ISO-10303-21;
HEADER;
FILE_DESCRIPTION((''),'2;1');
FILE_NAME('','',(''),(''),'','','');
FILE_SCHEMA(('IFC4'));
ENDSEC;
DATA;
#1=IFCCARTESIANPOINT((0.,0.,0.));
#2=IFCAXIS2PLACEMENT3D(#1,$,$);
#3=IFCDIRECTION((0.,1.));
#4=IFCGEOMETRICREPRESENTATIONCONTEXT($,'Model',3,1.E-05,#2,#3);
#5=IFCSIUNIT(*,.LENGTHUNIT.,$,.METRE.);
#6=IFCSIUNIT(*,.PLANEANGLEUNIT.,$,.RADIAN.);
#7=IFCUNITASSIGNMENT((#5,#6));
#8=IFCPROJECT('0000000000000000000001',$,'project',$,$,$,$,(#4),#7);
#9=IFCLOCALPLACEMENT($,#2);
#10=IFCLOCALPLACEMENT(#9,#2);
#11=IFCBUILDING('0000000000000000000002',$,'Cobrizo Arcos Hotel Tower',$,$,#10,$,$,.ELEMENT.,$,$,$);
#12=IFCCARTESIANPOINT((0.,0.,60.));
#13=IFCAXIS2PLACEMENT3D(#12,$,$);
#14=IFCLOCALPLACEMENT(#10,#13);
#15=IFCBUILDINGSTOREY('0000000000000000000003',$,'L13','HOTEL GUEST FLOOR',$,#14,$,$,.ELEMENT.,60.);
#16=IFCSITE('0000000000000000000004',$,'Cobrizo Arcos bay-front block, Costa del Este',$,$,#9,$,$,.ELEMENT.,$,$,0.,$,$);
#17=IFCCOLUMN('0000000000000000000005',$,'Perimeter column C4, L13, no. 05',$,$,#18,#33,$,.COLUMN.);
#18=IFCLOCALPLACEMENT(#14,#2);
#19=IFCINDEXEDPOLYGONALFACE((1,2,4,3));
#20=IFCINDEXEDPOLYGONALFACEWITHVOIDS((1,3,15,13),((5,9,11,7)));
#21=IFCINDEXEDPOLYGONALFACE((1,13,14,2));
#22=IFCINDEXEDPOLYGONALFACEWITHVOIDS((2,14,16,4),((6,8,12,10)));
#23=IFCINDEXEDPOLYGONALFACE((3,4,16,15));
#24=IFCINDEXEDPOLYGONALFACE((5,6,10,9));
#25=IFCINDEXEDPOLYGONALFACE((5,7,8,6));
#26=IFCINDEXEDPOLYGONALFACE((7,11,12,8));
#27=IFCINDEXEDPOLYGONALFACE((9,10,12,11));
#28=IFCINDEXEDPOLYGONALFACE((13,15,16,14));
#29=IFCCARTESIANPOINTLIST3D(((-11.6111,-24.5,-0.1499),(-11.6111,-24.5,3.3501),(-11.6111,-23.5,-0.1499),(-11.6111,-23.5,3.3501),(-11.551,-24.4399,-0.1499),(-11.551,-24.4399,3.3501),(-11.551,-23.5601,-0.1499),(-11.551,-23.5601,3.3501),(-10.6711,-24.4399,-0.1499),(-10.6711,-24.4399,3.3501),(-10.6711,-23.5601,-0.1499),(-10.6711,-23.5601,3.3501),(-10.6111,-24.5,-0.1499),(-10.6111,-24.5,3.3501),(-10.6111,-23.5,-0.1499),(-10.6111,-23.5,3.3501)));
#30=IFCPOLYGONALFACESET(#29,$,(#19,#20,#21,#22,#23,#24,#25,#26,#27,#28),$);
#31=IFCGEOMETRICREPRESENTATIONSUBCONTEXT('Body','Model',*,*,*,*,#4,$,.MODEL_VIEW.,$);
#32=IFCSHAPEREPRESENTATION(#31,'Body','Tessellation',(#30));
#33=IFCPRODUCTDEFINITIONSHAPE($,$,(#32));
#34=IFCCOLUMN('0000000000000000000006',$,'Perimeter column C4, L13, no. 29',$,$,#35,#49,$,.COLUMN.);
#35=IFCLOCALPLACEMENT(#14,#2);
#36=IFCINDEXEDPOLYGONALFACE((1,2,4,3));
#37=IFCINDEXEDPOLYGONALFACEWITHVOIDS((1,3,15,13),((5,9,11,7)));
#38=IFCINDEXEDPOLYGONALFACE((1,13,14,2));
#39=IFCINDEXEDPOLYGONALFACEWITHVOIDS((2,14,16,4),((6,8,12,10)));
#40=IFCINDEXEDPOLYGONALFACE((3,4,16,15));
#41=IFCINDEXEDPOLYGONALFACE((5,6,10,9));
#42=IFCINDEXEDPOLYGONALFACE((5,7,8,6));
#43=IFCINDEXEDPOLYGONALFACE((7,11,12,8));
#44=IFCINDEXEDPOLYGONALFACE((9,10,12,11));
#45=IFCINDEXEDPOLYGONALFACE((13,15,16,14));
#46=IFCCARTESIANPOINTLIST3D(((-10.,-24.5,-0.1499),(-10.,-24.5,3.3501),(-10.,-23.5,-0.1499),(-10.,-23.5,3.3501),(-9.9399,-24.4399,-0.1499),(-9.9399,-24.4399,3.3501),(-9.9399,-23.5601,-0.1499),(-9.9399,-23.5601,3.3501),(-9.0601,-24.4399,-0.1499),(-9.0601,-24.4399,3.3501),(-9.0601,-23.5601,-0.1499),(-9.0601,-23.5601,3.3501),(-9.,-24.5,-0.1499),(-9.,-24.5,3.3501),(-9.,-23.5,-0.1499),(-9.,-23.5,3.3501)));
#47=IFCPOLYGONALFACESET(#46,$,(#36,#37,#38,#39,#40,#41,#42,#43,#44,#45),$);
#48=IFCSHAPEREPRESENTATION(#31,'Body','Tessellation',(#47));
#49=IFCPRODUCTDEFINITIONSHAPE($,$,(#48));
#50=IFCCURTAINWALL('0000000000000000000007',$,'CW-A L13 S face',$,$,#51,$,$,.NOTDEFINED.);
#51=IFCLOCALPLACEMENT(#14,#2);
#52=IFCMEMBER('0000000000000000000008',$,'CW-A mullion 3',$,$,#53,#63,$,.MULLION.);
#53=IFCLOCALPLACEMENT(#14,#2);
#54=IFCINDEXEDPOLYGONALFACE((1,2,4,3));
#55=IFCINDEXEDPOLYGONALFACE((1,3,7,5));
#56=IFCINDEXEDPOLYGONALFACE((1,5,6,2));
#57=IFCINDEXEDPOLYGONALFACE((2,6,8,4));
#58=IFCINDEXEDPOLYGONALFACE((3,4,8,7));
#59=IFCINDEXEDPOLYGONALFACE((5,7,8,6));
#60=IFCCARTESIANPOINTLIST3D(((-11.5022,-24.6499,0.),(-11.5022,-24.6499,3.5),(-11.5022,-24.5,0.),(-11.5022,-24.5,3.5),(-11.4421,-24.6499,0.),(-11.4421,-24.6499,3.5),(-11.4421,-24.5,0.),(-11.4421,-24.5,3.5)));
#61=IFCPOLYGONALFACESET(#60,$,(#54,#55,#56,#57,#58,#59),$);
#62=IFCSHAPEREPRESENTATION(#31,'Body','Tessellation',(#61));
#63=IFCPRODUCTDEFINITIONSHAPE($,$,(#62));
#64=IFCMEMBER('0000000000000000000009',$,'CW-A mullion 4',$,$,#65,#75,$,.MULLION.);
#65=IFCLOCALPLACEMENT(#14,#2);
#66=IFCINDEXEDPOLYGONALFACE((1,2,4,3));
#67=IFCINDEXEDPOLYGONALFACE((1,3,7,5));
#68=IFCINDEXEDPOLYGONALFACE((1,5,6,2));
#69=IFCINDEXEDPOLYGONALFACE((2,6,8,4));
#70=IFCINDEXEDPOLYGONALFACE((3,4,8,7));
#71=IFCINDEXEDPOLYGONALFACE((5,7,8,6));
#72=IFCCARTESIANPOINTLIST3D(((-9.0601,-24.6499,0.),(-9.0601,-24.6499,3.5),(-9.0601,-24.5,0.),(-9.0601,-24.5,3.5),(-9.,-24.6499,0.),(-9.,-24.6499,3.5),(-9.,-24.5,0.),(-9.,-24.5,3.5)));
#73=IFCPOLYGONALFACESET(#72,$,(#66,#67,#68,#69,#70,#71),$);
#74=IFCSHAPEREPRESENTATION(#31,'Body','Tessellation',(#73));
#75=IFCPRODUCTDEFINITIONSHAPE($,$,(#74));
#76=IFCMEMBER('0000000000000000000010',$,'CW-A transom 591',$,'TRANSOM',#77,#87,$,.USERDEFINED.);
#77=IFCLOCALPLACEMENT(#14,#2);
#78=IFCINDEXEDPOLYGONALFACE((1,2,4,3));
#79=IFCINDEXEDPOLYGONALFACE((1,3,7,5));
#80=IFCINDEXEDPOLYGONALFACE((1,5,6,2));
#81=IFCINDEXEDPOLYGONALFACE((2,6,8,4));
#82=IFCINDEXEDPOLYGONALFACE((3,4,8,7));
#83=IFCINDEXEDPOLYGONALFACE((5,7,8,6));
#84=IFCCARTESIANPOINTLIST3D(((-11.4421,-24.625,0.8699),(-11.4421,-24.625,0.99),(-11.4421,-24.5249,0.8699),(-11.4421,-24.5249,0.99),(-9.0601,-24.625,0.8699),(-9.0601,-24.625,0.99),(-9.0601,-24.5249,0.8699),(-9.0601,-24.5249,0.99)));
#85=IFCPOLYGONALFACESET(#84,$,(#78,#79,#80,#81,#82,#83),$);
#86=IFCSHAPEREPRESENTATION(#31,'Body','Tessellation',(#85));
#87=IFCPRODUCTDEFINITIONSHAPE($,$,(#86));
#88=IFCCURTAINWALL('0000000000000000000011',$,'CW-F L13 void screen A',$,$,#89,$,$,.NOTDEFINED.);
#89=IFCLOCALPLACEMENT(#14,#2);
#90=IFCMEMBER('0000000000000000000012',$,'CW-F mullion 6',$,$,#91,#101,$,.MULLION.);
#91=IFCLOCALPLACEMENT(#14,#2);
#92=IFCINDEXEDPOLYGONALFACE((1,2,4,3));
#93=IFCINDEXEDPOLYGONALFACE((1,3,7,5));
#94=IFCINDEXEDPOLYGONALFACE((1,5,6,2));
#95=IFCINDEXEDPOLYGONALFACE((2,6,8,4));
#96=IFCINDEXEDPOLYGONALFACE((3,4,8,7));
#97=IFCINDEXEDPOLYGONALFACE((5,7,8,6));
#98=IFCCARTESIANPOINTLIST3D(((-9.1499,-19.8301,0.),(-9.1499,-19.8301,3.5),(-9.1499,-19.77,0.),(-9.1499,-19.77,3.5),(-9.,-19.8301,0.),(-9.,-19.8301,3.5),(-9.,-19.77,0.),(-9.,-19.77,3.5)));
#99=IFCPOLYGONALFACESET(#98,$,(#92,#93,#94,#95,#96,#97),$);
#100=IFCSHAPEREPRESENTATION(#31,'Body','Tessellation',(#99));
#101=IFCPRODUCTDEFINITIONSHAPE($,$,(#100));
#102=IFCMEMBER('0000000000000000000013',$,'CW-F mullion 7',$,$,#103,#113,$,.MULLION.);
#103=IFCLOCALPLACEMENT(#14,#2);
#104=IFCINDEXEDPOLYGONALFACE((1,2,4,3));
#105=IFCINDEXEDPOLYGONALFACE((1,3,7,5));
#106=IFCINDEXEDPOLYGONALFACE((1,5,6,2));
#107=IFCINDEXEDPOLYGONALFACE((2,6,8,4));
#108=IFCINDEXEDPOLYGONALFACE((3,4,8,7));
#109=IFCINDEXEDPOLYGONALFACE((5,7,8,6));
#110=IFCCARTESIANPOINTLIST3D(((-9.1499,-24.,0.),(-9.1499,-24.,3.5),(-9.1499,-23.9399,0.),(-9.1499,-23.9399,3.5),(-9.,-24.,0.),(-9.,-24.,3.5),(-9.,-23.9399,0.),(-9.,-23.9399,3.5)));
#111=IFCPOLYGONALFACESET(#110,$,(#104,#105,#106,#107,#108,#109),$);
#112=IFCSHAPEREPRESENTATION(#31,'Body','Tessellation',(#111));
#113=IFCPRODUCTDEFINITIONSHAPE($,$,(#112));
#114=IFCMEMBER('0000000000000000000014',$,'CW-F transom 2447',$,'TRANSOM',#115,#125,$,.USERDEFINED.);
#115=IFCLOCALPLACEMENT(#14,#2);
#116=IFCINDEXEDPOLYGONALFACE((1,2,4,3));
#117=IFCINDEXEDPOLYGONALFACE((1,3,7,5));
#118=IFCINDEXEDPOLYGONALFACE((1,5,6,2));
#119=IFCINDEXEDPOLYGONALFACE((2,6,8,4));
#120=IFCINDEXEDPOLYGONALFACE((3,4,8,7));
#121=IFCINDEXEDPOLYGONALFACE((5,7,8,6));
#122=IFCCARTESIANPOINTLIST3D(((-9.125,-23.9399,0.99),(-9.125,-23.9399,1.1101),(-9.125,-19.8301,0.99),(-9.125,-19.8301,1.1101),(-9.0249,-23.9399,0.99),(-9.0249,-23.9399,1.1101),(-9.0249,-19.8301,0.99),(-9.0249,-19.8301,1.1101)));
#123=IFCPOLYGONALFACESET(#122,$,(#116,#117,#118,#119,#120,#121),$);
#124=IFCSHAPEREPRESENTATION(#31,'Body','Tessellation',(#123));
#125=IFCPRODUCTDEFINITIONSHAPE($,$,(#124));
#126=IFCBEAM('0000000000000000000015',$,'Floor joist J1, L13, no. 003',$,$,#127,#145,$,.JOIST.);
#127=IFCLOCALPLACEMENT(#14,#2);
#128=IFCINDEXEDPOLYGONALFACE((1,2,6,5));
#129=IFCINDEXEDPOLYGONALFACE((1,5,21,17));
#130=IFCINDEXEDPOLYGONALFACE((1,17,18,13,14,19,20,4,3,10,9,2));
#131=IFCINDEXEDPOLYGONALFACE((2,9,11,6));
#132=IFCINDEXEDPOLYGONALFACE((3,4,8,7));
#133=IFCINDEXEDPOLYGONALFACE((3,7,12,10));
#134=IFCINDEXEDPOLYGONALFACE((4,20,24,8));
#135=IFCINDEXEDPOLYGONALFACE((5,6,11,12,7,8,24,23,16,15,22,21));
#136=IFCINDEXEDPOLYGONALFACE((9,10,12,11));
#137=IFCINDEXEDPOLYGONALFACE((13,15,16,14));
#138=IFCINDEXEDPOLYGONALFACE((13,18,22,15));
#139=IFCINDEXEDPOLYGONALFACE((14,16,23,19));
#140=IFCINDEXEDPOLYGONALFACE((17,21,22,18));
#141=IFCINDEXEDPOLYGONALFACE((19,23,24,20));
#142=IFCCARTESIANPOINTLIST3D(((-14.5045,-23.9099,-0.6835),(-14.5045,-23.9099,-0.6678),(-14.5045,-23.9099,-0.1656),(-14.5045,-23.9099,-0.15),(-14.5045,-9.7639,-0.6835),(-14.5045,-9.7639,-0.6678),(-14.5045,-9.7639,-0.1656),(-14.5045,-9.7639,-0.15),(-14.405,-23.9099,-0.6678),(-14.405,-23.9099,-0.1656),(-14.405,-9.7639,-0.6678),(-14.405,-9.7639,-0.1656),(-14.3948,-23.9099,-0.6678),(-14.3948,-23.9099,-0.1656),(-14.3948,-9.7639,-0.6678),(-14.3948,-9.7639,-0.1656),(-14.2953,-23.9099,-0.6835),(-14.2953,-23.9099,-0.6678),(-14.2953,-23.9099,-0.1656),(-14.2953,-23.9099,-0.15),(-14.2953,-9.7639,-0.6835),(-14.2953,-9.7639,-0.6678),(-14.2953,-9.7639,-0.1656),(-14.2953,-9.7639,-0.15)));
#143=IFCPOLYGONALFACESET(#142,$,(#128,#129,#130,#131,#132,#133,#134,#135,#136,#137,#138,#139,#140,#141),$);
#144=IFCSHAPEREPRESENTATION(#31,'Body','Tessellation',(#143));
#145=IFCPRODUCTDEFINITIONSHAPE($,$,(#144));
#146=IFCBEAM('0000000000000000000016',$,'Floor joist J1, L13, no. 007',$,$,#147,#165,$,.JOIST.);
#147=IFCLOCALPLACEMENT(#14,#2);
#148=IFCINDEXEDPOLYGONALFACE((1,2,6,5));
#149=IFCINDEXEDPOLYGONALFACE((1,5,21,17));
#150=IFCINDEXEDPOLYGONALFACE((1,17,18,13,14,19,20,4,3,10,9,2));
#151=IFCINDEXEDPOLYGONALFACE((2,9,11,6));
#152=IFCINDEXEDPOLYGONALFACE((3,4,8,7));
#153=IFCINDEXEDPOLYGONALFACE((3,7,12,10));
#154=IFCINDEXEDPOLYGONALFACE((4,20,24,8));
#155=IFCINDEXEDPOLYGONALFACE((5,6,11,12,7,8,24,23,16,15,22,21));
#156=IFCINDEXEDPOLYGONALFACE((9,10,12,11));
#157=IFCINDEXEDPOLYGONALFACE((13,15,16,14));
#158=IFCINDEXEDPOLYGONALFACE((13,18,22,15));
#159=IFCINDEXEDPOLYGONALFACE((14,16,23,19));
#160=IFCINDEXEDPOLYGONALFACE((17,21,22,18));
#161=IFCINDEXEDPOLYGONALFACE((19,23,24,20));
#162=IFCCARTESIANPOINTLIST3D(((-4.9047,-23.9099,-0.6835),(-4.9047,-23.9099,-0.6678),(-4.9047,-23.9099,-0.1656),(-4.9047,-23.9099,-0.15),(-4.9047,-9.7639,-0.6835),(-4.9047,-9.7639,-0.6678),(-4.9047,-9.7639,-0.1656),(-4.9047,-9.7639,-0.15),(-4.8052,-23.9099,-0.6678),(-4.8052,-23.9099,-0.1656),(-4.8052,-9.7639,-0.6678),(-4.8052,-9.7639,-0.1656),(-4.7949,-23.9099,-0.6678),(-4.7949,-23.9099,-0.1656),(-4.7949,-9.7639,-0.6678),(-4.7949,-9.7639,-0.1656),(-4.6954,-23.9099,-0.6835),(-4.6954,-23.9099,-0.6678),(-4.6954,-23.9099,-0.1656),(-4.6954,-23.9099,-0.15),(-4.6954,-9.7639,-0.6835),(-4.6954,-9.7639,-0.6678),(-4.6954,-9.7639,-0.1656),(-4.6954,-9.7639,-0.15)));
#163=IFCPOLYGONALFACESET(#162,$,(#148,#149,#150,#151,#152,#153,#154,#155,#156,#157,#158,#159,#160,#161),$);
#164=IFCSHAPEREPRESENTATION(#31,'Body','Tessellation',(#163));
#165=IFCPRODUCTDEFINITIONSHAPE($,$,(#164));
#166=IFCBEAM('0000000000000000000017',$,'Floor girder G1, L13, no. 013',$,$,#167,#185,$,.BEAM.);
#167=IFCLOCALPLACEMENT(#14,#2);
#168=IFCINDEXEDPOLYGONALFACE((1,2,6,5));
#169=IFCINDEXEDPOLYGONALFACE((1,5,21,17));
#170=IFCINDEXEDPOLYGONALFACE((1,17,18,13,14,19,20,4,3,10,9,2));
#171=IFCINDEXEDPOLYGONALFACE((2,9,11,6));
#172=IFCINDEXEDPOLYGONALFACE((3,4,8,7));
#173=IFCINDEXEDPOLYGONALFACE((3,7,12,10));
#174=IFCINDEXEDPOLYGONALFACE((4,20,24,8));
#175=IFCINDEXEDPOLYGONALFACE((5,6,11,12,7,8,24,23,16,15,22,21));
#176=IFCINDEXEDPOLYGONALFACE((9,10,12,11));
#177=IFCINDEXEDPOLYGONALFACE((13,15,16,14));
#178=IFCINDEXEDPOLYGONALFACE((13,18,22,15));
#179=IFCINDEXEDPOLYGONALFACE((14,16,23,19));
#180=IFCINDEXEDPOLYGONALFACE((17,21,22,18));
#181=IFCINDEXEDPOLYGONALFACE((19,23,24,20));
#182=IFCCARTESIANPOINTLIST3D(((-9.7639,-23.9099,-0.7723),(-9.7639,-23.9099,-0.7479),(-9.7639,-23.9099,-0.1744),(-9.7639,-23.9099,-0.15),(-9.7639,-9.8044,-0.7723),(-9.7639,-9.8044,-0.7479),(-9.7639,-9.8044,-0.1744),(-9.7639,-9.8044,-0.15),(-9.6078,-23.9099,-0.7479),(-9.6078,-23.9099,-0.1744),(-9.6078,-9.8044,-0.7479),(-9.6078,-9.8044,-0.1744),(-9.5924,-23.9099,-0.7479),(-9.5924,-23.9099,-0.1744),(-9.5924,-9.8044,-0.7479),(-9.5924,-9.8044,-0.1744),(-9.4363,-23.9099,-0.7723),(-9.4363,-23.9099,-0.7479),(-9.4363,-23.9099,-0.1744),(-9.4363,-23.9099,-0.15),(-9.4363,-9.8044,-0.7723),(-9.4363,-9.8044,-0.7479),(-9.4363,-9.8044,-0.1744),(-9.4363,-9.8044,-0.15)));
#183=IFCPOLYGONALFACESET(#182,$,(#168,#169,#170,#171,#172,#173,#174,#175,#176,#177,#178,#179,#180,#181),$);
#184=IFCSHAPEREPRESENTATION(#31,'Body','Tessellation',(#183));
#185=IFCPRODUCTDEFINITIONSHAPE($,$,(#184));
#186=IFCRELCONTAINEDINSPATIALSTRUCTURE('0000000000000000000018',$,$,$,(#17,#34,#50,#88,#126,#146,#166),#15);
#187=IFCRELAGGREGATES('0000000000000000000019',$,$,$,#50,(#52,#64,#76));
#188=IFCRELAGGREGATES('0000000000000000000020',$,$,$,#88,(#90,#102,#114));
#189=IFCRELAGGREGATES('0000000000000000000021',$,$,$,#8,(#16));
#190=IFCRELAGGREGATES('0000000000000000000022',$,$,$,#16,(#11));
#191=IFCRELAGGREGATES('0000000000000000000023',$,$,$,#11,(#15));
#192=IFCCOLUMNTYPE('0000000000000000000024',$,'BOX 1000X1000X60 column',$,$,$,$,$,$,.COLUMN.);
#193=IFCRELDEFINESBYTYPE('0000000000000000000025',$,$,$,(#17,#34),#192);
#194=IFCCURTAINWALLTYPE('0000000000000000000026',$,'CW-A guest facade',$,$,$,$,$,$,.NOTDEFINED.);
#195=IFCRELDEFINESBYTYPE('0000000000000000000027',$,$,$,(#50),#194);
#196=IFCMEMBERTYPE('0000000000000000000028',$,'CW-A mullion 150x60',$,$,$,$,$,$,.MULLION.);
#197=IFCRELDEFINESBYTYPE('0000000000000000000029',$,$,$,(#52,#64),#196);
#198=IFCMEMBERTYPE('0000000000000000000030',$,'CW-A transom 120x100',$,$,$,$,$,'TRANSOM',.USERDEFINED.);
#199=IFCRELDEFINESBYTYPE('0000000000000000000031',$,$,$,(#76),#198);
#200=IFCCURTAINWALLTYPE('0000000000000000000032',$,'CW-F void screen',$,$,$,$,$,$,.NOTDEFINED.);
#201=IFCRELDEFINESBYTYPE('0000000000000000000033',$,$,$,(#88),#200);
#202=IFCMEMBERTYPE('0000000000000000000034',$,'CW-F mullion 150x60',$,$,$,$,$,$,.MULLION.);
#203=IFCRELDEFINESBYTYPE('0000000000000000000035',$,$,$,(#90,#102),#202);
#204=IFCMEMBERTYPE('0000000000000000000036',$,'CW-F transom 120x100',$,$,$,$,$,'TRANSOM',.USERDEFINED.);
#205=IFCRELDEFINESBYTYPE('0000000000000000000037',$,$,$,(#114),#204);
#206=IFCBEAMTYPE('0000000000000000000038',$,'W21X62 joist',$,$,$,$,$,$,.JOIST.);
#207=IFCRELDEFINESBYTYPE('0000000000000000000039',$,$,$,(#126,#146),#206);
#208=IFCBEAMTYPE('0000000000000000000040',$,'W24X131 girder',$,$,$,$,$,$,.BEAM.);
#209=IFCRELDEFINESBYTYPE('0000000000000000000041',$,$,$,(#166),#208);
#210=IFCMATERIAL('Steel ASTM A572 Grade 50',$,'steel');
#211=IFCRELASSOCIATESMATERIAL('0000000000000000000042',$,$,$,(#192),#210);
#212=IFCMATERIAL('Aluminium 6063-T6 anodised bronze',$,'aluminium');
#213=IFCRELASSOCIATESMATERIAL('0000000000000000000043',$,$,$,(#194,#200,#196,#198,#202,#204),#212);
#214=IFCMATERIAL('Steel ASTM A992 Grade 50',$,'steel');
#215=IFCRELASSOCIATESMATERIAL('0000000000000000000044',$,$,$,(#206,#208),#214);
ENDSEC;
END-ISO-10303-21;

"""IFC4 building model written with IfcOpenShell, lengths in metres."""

from ifc_helpers import new_model, si_unit, direction, frame, origin, origin_2d, place, context, subcontext, project, spatial, rectangle, hollow_rectangle, i_section, extrude, material, material_profile, profile_set, type_object, element, aggregate, save


model = new_model("IFC4")

# Units and contexts
model_context = context("Model", 3, precision=1e-05, world=origin(), true_north=direction((0.0, 1.0)))
body_context = subcontext(model_context, "Body", "Model", "MODEL_VIEW")
ifc_project = project(units=[si_unit("LENGTHUNIT", "METRE"), si_unit("PLANEANGLEUNIT", "RADIAN")], contexts=[model_context])

# Site, building, storey
site_placement = place(None, origin())
site = spatial("IfcSite", under=ifc_project, at=site_placement, Name="Cobrizo Arcos bay-front block, Costa del Este", CompositionType="ELEMENT", RefElevation=0.0)
building_placement = place(site_placement, origin())
building = spatial("IfcBuilding", under=site, at=building_placement, Name="Cobrizo Arcos Hotel Tower", CompositionType="ELEMENT")
storey_placement = place(building_placement, frame((0.0, 0.0, 60.0)))
storey = spatial("IfcBuildingStorey", under=building, at=storey_placement, Name="L13", Description="HOTEL GUEST FLOOR", CompositionType="ELEMENT", Elevation=60.0)

# Columns
ifc_material_1 = material(Name="Steel ASTM A572 Grade 50", Category="steel")
ifc_material_profile_1 = material_profile(ifc_material_1, hollow_rectangle(XDim=1.0, YDim=1.0, WallThickness=0.0601, at=origin_2d()), Name="BOX 1000X1000X60")
ifc_profile_set_1 = profile_set([ifc_material_profile_1], Name="Steel ASTM A572 Grade 50")
column_type = type_object("IfcColumnType", Name="BOX 1000X1000X60 column", PredefinedType="COLUMN", material=ifc_profile_set_1)
for number, where, z_axis, x_axis, name in (
    (1, (-11.1111, -24.0, -0.1499), (0.0, 0.0, 1.0), (1.0, 0.0, 0.0), "Perimeter column C4, L13, no. 05"),
    (2, (-9.5, -24.0, -0.1499), (0.0, 0.0, 1.0), (1.0, 0.0, 0.0), "Perimeter column C4, L13, no. 29"),
):
    element("IfcColumn", number, at=place(storey_placement, frame(where, z_axis=z_axis, x_axis=x_axis)), inside=storey, type_object=column_type, Name=name, PredefinedType="COLUMN", context=body_context, shape_type="SweptSolid", body=[
        extrude(hollow_rectangle(XDim=1.0, YDim=1.0, WallThickness=0.0601, at=origin_2d()), origin(), (0.0, 0.0, 1.0), 3.5),
    ])

# Curtain walls, members
ifc_material_2 = material(Name="Aluminium 6063-T6 anodised bronze", Category="aluminium")
curtain_wall_type_1 = type_object("IfcCurtainWallType", Name="CW-A guest facade", PredefinedType="NOTDEFINED", material=ifc_material_2)
curtain_wall_1_placement = place(storey_placement, origin())
curtain_wall_1 = element("IfcCurtainWall", 3, at=curtain_wall_1_placement, inside=storey, type_object=curtain_wall_type_1, Name="CW-A L13 S face", PredefinedType="NOTDEFINED")
ifc_material_profile_2 = material_profile(ifc_material_2, rectangle(XDim=0.1499, YDim=0.0601, at=origin_2d()), Name="CW-A mullion 150x60")
ifc_profile_set_2 = profile_set([ifc_material_profile_2], Name="Aluminium 6063-T6 anodised bronze")
member_type_1 = type_object("IfcMemberType", Name="CW-A mullion 150x60", PredefinedType="MULLION", material=ifc_profile_set_2)
member_1_placement = place(storey_placement, frame((-11.4722, -24.575, 0.0), z_axis=(0.0, 0.0, 1.0), x_axis=(0.0, -1.0, 0.0)))
member_1 = element("IfcMember", 4, at=member_1_placement, type_object=member_type_1, Name="CW-A mullion 3", PredefinedType="MULLION", context=body_context, shape_type="SweptSolid", body=[
    extrude(rectangle(XDim=0.1499, YDim=0.0601, at=origin_2d()), origin(), (0.0, 0.0, 1.0), 3.5),
])
member_2_placement = place(storey_placement, frame((-9.03, -24.575, 0.0), z_axis=(0.0, 0.0, 1.0), x_axis=(0.0, -1.0, 0.0)))
member_2 = element("IfcMember", 5, at=member_2_placement, type_object=member_type_1, Name="CW-A mullion 4", PredefinedType="MULLION", context=body_context, shape_type="SweptSolid", body=[
    extrude(rectangle(XDim=0.1499, YDim=0.0601, at=origin_2d()), origin(), (0.0, 0.0, 1.0), 3.5),
])
ifc_material_profile_3 = material_profile(ifc_material_2, rectangle(XDim=0.1001, YDim=0.1201, at=origin_2d()), Name="CW-A transom 120x100")
ifc_profile_set_3 = profile_set([ifc_material_profile_3], Name="Aluminium 6063-T6 anodised bronze")
member_type_2 = type_object("IfcMemberType", Name="CW-A transom 120x100", ElementType="TRANSOM", PredefinedType="USERDEFINED", material=ifc_profile_set_3)
member_3_placement = place(storey_placement, frame((-11.4421, -24.575, 0.9299), z_axis=(1.0, 0.0, 0.0), x_axis=(0.0, 1.0, 0.0)))
member_3 = element("IfcMember", 6, at=member_3_placement, type_object=member_type_2, Name="CW-A transom 591", ObjectType="TRANSOM", PredefinedType="USERDEFINED", context=body_context, shape_type="SweptSolid", body=[
    extrude(rectangle(XDim=0.1001, YDim=0.1201, at=origin_2d()), origin(), (0.0, 0.0, 1.0), 2.3821),
])
curtain_wall_type_2 = type_object("IfcCurtainWallType", Name="CW-F void screen", PredefinedType="NOTDEFINED", material=ifc_material_2)
curtain_wall_2_placement = place(storey_placement, origin())
curtain_wall_2 = element("IfcCurtainWall", 7, at=curtain_wall_2_placement, inside=storey, type_object=curtain_wall_type_2, Name="CW-F L13 void screen A", PredefinedType="NOTDEFINED")
ifc_material_profile_4 = material_profile(ifc_material_2, rectangle(XDim=0.1499, YDim=0.0601, at=origin_2d()), Name="CW-F mullion 150x60")
ifc_profile_set_4 = profile_set([ifc_material_profile_4], Name="Aluminium 6063-T6 anodised bronze")
member_type_3 = type_object("IfcMemberType", Name="CW-F mullion 150x60", PredefinedType="MULLION", material=ifc_profile_set_4)
member_4_placement = place(storey_placement, frame((-9.075, -19.8, 0.0), z_axis=(0.0, 0.0, 1.0), x_axis=(-1.0, 0.0, 0.0)))
member_4 = element("IfcMember", 8, at=member_4_placement, type_object=member_type_3, Name="CW-F mullion 6", PredefinedType="MULLION", context=body_context, shape_type="SweptSolid", body=[
    extrude(rectangle(XDim=0.1499, YDim=0.0601, at=origin_2d()), origin(), (0.0, 0.0, 1.0), 3.5),
])
member_5_placement = place(storey_placement, frame((-9.075, -23.97, 0.0), z_axis=(0.0, 0.0, 1.0), x_axis=(-1.0, 0.0, 0.0)))
member_5 = element("IfcMember", 9, at=member_5_placement, type_object=member_type_3, Name="CW-F mullion 7", PredefinedType="MULLION", context=body_context, shape_type="SweptSolid", body=[
    extrude(rectangle(XDim=0.1499, YDim=0.0601, at=origin_2d()), origin(), (0.0, 0.0, 1.0), 3.5),
])
ifc_material_profile_5 = material_profile(ifc_material_2, rectangle(XDim=0.1001, YDim=0.1201, at=origin_2d()), Name="CW-F transom 120x100")
ifc_profile_set_5 = profile_set([ifc_material_profile_5], Name="Aluminium 6063-T6 anodised bronze")
member_type_4 = type_object("IfcMemberType", Name="CW-F transom 120x100", ElementType="TRANSOM", PredefinedType="USERDEFINED", material=ifc_profile_set_5)
member_6_placement = place(storey_placement, frame((-9.075, -19.8301, 1.05), z_axis=(0.0, -1.0, 0.0), x_axis=(1.0, 0.0, 0.0)))
member_6 = element("IfcMember", 10, at=member_6_placement, type_object=member_type_4, Name="CW-F transom 2447", ObjectType="TRANSOM", PredefinedType="USERDEFINED", context=body_context, shape_type="SweptSolid", body=[
    extrude(rectangle(XDim=0.1001, YDim=0.1201, at=origin_2d()), origin(), (0.0, 0.0, 1.0), 4.1099),
])

# Beams
ifc_material_3 = material(Name="Steel ASTM A992 Grade 50", Category="steel")
ifc_material_profile_6 = material_profile(ifc_material_3, i_section(OverallWidth=0.2092, OverallDepth=0.5334, WebThickness=0.0103, FlangeThickness=0.0156, at=origin_2d()), Name="W21X62")
ifc_profile_set_6 = profile_set([ifc_material_profile_6], Name="Steel ASTM A992 Grade 50")
beam_type_1 = type_object("IfcBeamType", Name="W21X62 joist", PredefinedType="JOIST", material=ifc_profile_set_6)
for number, where, z_axis, x_axis, name in (
    (11, (-14.3999, -23.9099, -0.4167), (0.0, 1.0, 0.0), (-1.0, 0.0, 0.0), "Floor joist J1, L13, no. 003"),
    (12, (-4.8, -23.9099, -0.4167), (0.0, 1.0, 0.0), (-1.0, 0.0, 0.0), "Floor joist J1, L13, no. 007"),
):
    element("IfcBeam", number, at=place(storey_placement, frame(where, z_axis=z_axis, x_axis=x_axis)), inside=storey, type_object=beam_type_1, Name=name, PredefinedType="JOIST", context=body_context, shape_type="SweptSolid", body=[
        extrude(i_section(OverallWidth=0.2092, OverallDepth=0.5334, WebThickness=0.0103, FlangeThickness=0.0156, at=origin_2d()), origin(), (0.0, 0.0, 1.0), 14.146),
    ])
ifc_material_profile_7 = material_profile(ifc_material_3, i_section(OverallWidth=0.3276, OverallDepth=0.6223, WebThickness=0.0154, FlangeThickness=0.0244, at=origin_2d()), Name="W24X131")
ifc_profile_set_7 = profile_set([ifc_material_profile_7], Name="Steel ASTM A992 Grade 50")
beam_type_2 = type_object("IfcBeamType", Name="W24X131 girder", PredefinedType="BEAM", material=ifc_profile_set_7)
beam_1_placement = place(storey_placement, frame((-9.6001, -23.9099, -0.4612), z_axis=(0.0, 1.0, 0.0), x_axis=(-1.0, 0.0, 0.0)))
element("IfcBeam", 13, at=beam_1_placement, inside=storey, type_object=beam_type_2, Name="Floor girder G1, L13, no. 013", PredefinedType="BEAM", context=body_context, shape_type="SweptSolid", body=[
    extrude(i_section(OverallWidth=0.3276, OverallDepth=0.6223, WebThickness=0.0154, FlangeThickness=0.0244, at=origin_2d()), origin(), (0.0, 0.0, 1.0), 14.1055),
])

aggregate(curtain_wall_1, [member_1, member_2, member_3])
aggregate(curtain_wall_2, [member_4, member_5, member_6])

save(model, "model.ifc")
